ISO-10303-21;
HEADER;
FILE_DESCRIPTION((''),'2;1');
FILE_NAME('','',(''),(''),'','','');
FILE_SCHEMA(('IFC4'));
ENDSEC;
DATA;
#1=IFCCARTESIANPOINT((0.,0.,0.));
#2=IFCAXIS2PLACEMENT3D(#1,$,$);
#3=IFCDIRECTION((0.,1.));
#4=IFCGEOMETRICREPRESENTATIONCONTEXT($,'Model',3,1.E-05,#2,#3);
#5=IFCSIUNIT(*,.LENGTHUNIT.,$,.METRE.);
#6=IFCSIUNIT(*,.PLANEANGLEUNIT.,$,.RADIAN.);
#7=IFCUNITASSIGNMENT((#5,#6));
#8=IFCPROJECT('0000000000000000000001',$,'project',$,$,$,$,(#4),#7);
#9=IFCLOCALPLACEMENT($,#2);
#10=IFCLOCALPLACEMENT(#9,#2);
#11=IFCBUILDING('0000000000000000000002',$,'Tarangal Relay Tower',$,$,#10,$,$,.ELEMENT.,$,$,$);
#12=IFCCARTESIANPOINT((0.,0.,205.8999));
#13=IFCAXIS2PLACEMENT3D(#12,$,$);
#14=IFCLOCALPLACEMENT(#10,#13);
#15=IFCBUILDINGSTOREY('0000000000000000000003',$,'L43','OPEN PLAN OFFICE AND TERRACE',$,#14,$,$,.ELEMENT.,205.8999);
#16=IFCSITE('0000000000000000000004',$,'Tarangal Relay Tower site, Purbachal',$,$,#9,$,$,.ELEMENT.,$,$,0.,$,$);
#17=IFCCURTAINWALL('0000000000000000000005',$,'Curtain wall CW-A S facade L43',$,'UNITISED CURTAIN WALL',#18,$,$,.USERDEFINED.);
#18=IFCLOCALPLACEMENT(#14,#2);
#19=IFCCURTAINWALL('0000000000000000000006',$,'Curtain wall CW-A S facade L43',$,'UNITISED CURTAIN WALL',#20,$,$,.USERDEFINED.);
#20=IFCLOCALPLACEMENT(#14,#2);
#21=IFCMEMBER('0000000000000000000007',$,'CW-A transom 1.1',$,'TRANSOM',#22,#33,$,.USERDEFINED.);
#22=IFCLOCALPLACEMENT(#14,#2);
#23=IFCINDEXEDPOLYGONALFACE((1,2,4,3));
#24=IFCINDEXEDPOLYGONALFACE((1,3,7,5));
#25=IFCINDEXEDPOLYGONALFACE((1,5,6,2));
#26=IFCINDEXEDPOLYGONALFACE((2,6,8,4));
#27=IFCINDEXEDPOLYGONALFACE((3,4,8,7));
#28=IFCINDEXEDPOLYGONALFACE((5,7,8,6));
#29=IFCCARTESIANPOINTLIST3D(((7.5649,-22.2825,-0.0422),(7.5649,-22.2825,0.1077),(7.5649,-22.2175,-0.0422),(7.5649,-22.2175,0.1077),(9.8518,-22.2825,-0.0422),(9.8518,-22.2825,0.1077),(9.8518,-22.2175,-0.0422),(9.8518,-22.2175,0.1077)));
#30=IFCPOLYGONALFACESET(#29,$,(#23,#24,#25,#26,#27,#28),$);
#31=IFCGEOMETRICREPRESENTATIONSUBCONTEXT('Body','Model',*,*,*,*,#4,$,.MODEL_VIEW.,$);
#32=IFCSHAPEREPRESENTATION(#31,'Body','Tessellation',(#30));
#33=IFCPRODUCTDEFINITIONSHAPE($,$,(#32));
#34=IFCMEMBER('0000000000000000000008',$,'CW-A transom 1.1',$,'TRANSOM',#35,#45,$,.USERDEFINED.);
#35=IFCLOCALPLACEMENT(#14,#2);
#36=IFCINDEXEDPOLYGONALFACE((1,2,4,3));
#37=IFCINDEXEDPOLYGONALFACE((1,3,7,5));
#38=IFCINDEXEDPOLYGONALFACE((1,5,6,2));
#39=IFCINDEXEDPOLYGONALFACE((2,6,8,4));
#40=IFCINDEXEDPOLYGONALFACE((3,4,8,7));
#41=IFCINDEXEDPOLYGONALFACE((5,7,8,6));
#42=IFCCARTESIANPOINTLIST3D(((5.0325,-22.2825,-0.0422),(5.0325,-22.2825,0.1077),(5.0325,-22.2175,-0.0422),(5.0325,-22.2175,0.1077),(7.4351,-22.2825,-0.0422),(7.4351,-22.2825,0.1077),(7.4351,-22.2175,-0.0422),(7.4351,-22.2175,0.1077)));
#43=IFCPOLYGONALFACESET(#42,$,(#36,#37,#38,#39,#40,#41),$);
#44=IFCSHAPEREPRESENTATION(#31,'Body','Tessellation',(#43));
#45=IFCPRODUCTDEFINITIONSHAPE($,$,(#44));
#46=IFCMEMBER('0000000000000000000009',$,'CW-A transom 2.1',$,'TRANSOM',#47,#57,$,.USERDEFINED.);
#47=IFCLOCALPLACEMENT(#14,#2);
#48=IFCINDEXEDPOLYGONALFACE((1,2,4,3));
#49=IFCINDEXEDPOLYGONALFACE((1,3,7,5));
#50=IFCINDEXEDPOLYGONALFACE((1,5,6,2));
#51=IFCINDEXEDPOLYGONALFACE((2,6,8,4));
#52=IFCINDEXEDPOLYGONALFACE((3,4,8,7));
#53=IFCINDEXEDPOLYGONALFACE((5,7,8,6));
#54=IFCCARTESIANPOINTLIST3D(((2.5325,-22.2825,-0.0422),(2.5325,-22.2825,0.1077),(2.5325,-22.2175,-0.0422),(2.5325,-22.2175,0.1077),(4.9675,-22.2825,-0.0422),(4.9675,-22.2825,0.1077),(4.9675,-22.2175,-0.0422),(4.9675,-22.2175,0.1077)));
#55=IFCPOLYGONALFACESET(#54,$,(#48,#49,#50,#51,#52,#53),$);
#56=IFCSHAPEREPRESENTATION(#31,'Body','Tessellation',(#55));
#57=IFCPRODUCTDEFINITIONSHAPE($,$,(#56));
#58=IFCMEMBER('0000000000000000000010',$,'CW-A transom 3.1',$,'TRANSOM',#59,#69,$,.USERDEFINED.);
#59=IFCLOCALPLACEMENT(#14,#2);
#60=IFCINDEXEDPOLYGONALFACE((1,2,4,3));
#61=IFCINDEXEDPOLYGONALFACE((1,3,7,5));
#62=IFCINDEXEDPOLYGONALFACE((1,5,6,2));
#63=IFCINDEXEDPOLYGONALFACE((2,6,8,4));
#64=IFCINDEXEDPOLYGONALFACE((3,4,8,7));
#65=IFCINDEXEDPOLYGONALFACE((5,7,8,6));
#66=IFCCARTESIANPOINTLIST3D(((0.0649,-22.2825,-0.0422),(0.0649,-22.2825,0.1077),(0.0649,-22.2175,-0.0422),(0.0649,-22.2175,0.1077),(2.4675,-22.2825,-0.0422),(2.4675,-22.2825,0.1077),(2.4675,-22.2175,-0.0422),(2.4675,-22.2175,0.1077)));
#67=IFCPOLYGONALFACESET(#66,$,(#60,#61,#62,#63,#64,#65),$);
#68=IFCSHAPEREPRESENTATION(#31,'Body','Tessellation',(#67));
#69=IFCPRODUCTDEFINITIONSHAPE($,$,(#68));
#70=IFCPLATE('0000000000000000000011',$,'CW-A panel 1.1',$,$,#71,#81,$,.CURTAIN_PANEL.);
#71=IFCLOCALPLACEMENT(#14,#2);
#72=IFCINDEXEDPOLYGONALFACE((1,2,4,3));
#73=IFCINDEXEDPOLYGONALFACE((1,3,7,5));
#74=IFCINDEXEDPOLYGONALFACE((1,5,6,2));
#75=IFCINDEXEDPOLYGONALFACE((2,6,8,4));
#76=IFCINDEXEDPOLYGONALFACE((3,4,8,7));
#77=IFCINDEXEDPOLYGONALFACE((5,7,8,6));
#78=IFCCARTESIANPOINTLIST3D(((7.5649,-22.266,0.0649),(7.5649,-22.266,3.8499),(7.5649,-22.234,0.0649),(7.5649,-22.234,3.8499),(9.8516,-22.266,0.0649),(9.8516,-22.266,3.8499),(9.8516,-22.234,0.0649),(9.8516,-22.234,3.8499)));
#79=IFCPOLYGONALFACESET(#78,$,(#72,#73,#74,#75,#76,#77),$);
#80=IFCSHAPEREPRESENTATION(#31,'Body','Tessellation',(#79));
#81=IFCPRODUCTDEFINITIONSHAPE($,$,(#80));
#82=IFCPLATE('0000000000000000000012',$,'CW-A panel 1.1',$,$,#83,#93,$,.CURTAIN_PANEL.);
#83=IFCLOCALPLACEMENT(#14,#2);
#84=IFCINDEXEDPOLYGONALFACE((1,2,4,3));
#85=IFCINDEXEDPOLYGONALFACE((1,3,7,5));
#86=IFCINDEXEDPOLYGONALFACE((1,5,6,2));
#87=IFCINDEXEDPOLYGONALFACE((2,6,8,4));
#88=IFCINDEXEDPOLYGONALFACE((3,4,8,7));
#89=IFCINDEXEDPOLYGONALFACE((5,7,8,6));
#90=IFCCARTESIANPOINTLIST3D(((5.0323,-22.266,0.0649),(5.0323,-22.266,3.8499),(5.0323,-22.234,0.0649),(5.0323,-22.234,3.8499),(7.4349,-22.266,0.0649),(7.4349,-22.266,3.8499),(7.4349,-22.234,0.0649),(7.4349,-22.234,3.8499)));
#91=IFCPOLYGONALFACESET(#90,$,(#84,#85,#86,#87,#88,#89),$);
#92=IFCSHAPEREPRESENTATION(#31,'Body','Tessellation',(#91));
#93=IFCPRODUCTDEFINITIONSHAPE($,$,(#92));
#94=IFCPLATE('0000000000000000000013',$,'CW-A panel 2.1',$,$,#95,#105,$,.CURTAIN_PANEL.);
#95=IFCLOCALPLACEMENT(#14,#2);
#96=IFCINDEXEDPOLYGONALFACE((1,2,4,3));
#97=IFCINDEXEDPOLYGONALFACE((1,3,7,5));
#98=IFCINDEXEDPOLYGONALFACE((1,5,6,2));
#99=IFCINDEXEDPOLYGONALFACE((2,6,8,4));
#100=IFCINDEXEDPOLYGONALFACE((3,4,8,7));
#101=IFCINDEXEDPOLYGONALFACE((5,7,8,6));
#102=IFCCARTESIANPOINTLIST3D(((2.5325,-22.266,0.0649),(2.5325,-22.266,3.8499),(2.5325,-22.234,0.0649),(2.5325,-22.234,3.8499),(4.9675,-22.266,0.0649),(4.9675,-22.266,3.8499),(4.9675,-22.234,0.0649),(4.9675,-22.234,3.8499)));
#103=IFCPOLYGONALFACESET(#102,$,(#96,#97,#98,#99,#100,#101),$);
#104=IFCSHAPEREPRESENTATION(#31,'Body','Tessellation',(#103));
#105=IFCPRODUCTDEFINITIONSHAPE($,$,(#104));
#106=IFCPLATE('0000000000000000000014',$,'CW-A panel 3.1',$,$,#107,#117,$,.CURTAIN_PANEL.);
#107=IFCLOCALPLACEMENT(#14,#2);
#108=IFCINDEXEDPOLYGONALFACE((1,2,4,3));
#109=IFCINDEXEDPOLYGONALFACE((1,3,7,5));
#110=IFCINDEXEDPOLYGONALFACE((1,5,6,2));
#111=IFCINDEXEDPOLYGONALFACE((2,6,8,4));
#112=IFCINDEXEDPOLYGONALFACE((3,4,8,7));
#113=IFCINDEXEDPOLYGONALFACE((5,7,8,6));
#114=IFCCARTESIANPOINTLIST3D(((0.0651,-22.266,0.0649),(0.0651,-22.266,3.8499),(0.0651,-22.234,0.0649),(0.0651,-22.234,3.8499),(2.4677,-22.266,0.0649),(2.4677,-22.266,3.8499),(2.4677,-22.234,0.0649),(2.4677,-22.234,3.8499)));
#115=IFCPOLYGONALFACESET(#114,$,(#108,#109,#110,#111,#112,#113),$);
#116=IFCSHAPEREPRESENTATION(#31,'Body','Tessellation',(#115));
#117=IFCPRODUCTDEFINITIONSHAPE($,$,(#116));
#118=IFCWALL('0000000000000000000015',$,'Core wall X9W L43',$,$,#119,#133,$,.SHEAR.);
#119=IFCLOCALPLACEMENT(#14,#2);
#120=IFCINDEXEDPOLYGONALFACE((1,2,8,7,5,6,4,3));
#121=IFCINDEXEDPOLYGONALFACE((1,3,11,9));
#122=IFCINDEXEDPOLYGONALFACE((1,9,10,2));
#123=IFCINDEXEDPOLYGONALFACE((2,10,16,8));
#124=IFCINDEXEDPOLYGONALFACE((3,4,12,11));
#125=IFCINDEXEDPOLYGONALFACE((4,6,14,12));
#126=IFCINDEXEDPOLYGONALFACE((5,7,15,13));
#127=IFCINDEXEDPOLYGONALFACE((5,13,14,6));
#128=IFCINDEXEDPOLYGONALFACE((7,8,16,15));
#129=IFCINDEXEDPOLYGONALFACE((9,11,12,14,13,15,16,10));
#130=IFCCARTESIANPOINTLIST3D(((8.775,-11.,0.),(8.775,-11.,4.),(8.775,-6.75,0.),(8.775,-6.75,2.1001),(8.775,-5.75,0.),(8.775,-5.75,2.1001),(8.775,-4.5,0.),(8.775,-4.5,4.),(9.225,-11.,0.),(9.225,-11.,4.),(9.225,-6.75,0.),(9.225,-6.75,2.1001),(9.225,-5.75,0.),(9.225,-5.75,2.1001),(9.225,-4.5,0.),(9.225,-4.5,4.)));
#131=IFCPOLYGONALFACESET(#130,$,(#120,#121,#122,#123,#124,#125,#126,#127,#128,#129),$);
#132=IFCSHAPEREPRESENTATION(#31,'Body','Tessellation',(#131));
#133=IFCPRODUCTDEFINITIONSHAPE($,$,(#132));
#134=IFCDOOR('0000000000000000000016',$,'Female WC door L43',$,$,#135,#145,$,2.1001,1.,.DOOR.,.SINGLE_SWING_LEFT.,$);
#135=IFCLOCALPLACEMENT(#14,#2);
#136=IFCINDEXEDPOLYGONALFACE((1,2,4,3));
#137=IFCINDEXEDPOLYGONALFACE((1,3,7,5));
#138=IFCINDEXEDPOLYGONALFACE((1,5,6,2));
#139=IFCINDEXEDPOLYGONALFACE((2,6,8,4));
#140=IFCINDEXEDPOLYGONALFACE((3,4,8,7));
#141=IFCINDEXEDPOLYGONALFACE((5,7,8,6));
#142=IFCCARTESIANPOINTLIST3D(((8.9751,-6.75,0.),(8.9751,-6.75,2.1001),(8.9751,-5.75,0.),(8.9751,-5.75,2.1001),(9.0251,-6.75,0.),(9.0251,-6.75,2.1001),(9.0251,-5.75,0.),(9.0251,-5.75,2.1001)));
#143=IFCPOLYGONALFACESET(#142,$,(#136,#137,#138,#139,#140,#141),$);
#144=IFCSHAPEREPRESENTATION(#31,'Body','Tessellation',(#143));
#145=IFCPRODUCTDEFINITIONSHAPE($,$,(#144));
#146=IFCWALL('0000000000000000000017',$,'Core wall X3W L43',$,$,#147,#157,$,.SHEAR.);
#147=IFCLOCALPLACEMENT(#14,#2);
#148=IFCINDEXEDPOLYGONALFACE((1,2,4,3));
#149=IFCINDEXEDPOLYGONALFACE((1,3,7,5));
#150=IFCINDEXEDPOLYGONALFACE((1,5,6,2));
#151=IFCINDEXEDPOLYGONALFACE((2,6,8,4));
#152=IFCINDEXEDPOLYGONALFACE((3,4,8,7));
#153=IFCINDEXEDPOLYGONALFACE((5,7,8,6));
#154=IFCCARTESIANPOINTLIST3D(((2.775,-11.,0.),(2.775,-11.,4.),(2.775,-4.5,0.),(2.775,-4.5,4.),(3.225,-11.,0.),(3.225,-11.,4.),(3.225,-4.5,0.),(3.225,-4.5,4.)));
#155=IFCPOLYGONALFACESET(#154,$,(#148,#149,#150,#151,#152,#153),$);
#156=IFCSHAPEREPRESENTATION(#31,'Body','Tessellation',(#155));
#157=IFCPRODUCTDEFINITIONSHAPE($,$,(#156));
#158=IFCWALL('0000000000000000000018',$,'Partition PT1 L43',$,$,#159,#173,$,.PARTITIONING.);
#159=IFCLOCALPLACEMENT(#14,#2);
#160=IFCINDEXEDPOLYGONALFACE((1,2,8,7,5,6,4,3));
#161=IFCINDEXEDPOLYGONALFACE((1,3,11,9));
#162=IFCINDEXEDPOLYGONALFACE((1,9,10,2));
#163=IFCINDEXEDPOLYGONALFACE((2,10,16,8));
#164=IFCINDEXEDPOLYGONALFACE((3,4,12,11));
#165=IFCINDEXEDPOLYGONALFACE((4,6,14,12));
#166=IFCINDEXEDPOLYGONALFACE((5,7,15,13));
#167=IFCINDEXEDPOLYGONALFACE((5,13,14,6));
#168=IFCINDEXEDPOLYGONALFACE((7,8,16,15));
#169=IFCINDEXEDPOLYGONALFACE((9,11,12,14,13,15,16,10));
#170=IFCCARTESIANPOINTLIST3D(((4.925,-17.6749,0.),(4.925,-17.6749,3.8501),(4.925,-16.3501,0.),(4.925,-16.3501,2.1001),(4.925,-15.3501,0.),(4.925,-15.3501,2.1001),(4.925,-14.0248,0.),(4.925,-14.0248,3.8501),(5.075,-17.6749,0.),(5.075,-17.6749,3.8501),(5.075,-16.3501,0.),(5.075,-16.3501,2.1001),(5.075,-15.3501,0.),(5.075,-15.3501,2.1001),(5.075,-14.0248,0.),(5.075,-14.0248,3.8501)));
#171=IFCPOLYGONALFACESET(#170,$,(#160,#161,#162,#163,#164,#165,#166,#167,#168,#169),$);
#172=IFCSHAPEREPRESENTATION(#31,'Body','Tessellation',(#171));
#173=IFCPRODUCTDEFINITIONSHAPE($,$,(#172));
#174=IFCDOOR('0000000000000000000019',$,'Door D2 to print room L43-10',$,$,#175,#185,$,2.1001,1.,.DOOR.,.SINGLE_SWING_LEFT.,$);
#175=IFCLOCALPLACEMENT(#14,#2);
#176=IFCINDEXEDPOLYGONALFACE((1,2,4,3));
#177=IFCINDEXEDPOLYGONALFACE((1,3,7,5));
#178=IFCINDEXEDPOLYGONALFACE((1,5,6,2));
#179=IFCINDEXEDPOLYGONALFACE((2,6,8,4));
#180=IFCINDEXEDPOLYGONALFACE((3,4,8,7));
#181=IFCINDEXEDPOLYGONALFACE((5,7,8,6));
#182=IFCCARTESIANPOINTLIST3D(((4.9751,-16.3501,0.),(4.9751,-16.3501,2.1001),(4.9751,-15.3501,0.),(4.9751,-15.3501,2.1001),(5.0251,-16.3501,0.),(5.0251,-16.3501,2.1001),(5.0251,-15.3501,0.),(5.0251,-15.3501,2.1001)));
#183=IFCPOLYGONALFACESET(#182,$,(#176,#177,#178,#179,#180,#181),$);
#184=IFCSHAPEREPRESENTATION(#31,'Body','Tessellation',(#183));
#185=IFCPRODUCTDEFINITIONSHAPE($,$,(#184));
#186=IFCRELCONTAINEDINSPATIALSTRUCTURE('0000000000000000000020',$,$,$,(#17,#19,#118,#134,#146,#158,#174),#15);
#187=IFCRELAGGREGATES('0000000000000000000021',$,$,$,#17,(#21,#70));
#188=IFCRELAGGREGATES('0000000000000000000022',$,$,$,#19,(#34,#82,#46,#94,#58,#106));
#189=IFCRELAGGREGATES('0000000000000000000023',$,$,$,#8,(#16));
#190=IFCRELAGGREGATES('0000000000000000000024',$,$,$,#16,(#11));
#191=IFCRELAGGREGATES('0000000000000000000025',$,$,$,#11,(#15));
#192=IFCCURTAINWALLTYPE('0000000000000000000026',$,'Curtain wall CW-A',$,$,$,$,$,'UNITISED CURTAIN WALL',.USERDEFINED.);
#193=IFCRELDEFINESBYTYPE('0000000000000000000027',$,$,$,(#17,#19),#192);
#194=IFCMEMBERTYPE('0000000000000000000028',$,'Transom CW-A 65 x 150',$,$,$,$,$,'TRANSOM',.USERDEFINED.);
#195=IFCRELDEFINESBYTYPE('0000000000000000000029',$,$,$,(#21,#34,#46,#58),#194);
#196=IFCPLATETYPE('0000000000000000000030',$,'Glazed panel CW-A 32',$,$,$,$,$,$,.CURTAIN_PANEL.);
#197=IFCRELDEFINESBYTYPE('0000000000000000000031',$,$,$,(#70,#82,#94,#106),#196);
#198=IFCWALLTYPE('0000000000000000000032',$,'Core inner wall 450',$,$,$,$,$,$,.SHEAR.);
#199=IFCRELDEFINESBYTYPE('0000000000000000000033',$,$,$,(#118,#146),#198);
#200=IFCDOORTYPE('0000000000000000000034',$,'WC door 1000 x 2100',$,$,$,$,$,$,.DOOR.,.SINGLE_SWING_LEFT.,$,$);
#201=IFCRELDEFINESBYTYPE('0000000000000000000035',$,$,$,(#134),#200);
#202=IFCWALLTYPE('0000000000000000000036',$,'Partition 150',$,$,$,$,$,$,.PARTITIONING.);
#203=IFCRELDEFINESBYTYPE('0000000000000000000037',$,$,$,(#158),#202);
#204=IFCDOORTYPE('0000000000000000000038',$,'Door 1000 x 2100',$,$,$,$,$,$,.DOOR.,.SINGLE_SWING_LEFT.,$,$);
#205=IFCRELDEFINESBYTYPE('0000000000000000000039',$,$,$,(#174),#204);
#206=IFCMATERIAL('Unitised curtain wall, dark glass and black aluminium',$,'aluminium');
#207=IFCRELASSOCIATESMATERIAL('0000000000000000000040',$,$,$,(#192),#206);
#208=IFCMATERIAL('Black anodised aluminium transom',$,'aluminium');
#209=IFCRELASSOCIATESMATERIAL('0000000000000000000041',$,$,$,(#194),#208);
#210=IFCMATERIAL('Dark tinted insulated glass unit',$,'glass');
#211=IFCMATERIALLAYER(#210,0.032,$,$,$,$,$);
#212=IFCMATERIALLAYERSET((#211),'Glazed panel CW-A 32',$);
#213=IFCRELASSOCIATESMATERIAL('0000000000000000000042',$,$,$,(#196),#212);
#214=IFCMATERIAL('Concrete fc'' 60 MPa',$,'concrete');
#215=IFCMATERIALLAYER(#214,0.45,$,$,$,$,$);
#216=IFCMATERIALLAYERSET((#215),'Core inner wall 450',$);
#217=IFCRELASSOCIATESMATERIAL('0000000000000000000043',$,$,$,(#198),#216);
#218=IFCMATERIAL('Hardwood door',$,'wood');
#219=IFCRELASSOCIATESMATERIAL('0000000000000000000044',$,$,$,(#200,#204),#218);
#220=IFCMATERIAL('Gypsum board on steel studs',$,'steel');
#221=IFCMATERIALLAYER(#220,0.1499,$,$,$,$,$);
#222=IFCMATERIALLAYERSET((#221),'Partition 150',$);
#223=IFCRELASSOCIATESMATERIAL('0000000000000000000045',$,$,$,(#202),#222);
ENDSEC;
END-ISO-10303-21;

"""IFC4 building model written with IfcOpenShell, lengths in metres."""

from ifc_helpers import new_model, si_unit, direction, frame, frame_2d, origin, origin_2d, place, context, subcontext, project, spatial, rectangle, extrude, material, layer, layer_set, material_profile, profile_set, type_object, element, fill, aggregate, save


model = new_model("IFC4")

# Units and contexts
model_context = context("Model", 3, precision=1e-05, world=origin(), true_north=direction((0.0, 1.0)))
body_context = subcontext(model_context, "Body", "Model", "MODEL_VIEW")
ifc_project = project(units=[si_unit("LENGTHUNIT", "METRE"), si_unit("PLANEANGLEUNIT", "RADIAN")], contexts=[model_context])

# Site, building, storey
site_placement = place(None, origin())
site = spatial("IfcSite", under=ifc_project, at=site_placement, Name="Tarangal Relay Tower site, Purbachal", CompositionType="ELEMENT", RefElevation=0.0)
building_placement = place(site_placement, origin())
building = spatial("IfcBuilding", under=site, at=building_placement, Name="Tarangal Relay Tower", CompositionType="ELEMENT")
storey_placement = place(building_placement, frame((0.0, 0.0, 205.8999)))
storey = spatial("IfcBuildingStorey", under=building, at=storey_placement, Name="L43", Description="OPEN PLAN OFFICE AND TERRACE", CompositionType="ELEMENT", Elevation=205.8999)

# Curtain walls
ifc_material_1 = material(Name="Unitised curtain wall, dark glass and black aluminium", Category="aluminium")
curtain_wall_type_1 = type_object("IfcCurtainWallType", Name="Curtain wall CW-A", ElementType="UNITISED CURTAIN WALL", PredefinedType="USERDEFINED", material=ifc_material_1)
curtain_wall_1_placement = place(storey_placement, origin())
curtain_wall_1 = element("IfcCurtainWall", 1, at=curtain_wall_1_placement, inside=storey, type_object=curtain_wall_type_1, Name="Curtain wall CW-A S facade L43", ObjectType="UNITISED CURTAIN WALL", PredefinedType="USERDEFINED")
curtain_wall_2_placement = place(storey_placement, origin())
curtain_wall_2 = element("IfcCurtainWall", 2, at=curtain_wall_2_placement, inside=storey, type_object=curtain_wall_type_1, Name="Curtain wall CW-A S facade L43", ObjectType="UNITISED CURTAIN WALL", PredefinedType="USERDEFINED")

# Members
ifc_material_2 = material(Name="Black anodised aluminium transom", Category="aluminium")
ifc_material_profile_1 = material_profile(ifc_material_2, rectangle(XDim=0.0649, YDim=0.1499, at=origin_2d()), Name="CW-AT 65X150")
ifc_profile_set_1 = profile_set([ifc_material_profile_1], Name="Black anodised aluminium transom")
member_type_1 = type_object("IfcMemberType", Name="Transom CW-A 65 x 150", ElementType="TRANSOM", PredefinedType="USERDEFINED", material=ifc_profile_set_1)
member_1_placement = place(storey_placement, frame((9.8518, -22.25, 0.0327), z_axis=(-1.0, 0.0, 0.0), x_axis=(0.0, -1.0, 0.0)))
member_1 = element("IfcMember", 3, at=member_1_placement, type_object=member_type_1, Name="CW-A transom 1.1", ObjectType="TRANSOM", PredefinedType="USERDEFINED", context=body_context, shape_type="SweptSolid", body=[
    extrude(rectangle(XDim=0.0649, YDim=0.1499, at=origin_2d()), origin(), (0.0, 0.0, 1.0), 2.2869),
])
member_2_placement = place(storey_placement, frame((7.4351, -22.25, 0.0327), z_axis=(-1.0, 0.0, 0.0), x_axis=(0.0, -1.0, 0.0)))
member_2 = element("IfcMember", 4, at=member_2_placement, type_object=member_type_1, Name="CW-A transom 1.1", ObjectType="TRANSOM", PredefinedType="USERDEFINED", context=body_context, shape_type="SweptSolid", body=[
    extrude(rectangle(XDim=0.0649, YDim=0.1499, at=origin_2d()), origin(), (0.0, 0.0, 1.0), 2.4026),
])
member_3_placement = place(storey_placement, frame((4.9675, -22.25, 0.0327), z_axis=(-1.0, 0.0, 0.0), x_axis=(0.0, -1.0, 0.0)))
member_3 = element("IfcMember", 5, at=member_3_placement, type_object=member_type_1, Name="CW-A transom 2.1", ObjectType="TRANSOM", PredefinedType="USERDEFINED", context=body_context, shape_type="SweptSolid", body=[
    extrude(rectangle(XDim=0.0649, YDim=0.1499, at=origin_2d()), origin(), (0.0, 0.0, 1.0), 2.4351),
])
member_4_placement = place(storey_placement, frame((2.4675, -22.25, 0.0327), z_axis=(-1.0, 0.0, 0.0), x_axis=(0.0, -1.0, 0.0)))
member_4 = element("IfcMember", 6, at=member_4_placement, type_object=member_type_1, Name="CW-A transom 3.1", ObjectType="TRANSOM", PredefinedType="USERDEFINED", context=body_context, shape_type="SweptSolid", body=[
    extrude(rectangle(XDim=0.0649, YDim=0.1499, at=origin_2d()), origin(), (0.0, 0.0, 1.0), 2.4026),
])

# Plates
ifc_material_3 = material(Name="Dark tinted insulated glass unit", Category="glass")
ifc_layer_1 = layer(ifc_material_3, 0.032)
ifc_layer_set_1 = layer_set([ifc_layer_1], Name="Glazed panel CW-A 32")
plate_type = type_object("IfcPlateType", Name="Glazed panel CW-A 32", PredefinedType="CURTAIN_PANEL", material=ifc_layer_set_1)
plate_1_placement = place(storey_placement, frame((8.7083, -22.25, 0.0649), z_axis=(0.0, 0.0, 1.0), x_axis=(-1.0, 0.0, 0.0)))
plate_1 = element("IfcPlate", 7, at=plate_1_placement, type_object=plate_type, Name="CW-A panel 1.1", PredefinedType="CURTAIN_PANEL", context=body_context, shape_type="SweptSolid", body=[
    extrude(rectangle(XDim=2.2866, YDim=0.032, at=origin_2d()), origin(), (0.0, 0.0, 1.0), 3.7849),
])
aggregate(curtain_wall_1, [member_1, plate_1])
plate_2_placement = place(storey_placement, frame((6.2336, -22.25, 0.0649), z_axis=(0.0, 0.0, 1.0), x_axis=(-1.0, 0.0, 0.0)))
plate_2 = element("IfcPlate", 8, at=plate_2_placement, type_object=plate_type, Name="CW-A panel 1.1", PredefinedType="CURTAIN_PANEL", context=body_context, shape_type="SweptSolid", body=[
    extrude(rectangle(XDim=2.4026, YDim=0.032, at=origin_2d()), origin(), (0.0, 0.0, 1.0), 3.7849),
])
plate_3_placement = place(storey_placement, frame((3.75, -22.25, 0.0649), z_axis=(0.0, 0.0, 1.0), x_axis=(-1.0, 0.0, 0.0)))
plate_3 = element("IfcPlate", 9, at=plate_3_placement, type_object=plate_type, Name="CW-A panel 2.1", PredefinedType="CURTAIN_PANEL", context=body_context, shape_type="SweptSolid", body=[
    extrude(rectangle(XDim=2.4351, YDim=0.032, at=origin_2d()), origin(), (0.0, 0.0, 1.0), 3.7849),
])
plate_4_placement = place(storey_placement, frame((1.2664, -22.25, 0.0649), z_axis=(0.0, 0.0, 1.0), x_axis=(-1.0, 0.0, 0.0)))
plate_4 = element("IfcPlate", 10, at=plate_4_placement, type_object=plate_type, Name="CW-A panel 3.1", PredefinedType="CURTAIN_PANEL", context=body_context, shape_type="SweptSolid", body=[
    extrude(rectangle(XDim=2.4026, YDim=0.032, at=origin_2d()), origin(), (0.0, 0.0, 1.0), 3.7849),
])
aggregate(curtain_wall_2, [member_2, plate_2, member_3, plate_3, member_4, plate_4])

# Wall, opening, door
ifc_material_4 = material(Name="Concrete fc' 60 MPa", Category="concrete")
ifc_layer_2 = layer(ifc_material_4, 0.45)
ifc_layer_set_2 = layer_set([ifc_layer_2], Name="Core inner wall 450")
wall_type_1 = type_object("IfcWallType", Name="Core inner wall 450", PredefinedType="SHEAR", material=ifc_layer_set_2)
wall_1_placement = place(storey_placement, frame((9.0, -11.0, 0.0), z_axis=(0.0, 0.0, 1.0), x_axis=(0.0, 1.0, 0.0)))
wall_1 = element("IfcWall", 11, at=wall_1_placement, inside=storey, type_object=wall_type_1, Name="Core wall X9W L43", PredefinedType="SHEAR", context=body_context, shape_type="SweptSolid", body=[
    extrude(rectangle(XDim=6.5, YDim=0.45, at=frame_2d((3.25, 0.0))), origin(), (0.0, 0.0, 1.0), 4.0),
])
opening_1_placement = place(wall_1_placement, frame((4.25, 0.0, 0.0)))
opening_1 = element("IfcOpeningElement", 12, at=opening_1_placement, cuts=wall_1, PredefinedType="OPENING", context=body_context, shape_type="SweptSolid", body=[
    extrude(rectangle(XDim=1.0, YDim=2.1001, at=frame_2d((0.5, 1.05))), frame((0.0, 0.2349, 0.0), z_axis=(0.0, -1.0, 0.0), x_axis=(1.0, 0.0, 0.0)), (0.0, 0.0, 1.0), 0.47),
])
ifc_material_5 = material(Name="Hardwood door", Category="wood")
door_type_1 = type_object("IfcDoorType", Name="WC door 1000 x 2100", OperationType="SINGLE_SWING_LEFT", PredefinedType="DOOR", material=ifc_material_5)
door_1_placement = place(opening_1_placement, origin())
door_1 = element("IfcDoor", 13, at=door_1_placement, inside=storey, type_object=door_type_1, Name="Female WC door L43", OperationType="SINGLE_SWING_LEFT", OverallHeight=2.1001, OverallWidth=1.0, PredefinedType="DOOR", context=body_context, shape_type="SweptSolid", body=[
    extrude(rectangle(XDim=1.0, YDim=2.1001, at=frame_2d((0.5, 1.05))), frame((0.0, 0.0249, 0.0), z_axis=(0.0, -1.0, 0.0), x_axis=(1.0, 0.0, 0.0)), (0.0, 0.0, 1.0), 0.05),
])
fill(opening_1, door_1)

# Wall
wall_2_placement = place(storey_placement, frame((3.0, -11.0, 0.0), z_axis=(0.0, 0.0, 1.0), x_axis=(0.0, 1.0, 0.0)))
element("IfcWall", 14, at=wall_2_placement, inside=storey, type_object=wall_type_1, Name="Core wall X3W L43", PredefinedType="SHEAR", context=body_context, shape_type="SweptSolid", body=[
    extrude(rectangle(XDim=6.5, YDim=0.45, at=frame_2d((3.25, 0.0))), origin(), (0.0, 0.0, 1.0), 4.0),
])

# Wall, opening, door
ifc_material_6 = material(Name="Gypsum board on steel studs", Category="steel")
ifc_layer_3 = layer(ifc_material_6, 0.1499)
ifc_layer_set_3 = layer_set([ifc_layer_3], Name="Partition 150")
wall_type_2 = type_object("IfcWallType", Name="Partition 150", PredefinedType="PARTITIONING", material=ifc_layer_set_3)
wall_3_placement = place(storey_placement, frame((5.0, -17.675, 0.0), z_axis=(0.0, 0.0, 1.0), x_axis=(0.0, 1.0, 0.0)))
wall_3 = element("IfcWall", 15, at=wall_3_placement, inside=storey, type_object=wall_type_2, Name="Partition PT1 L43", PredefinedType="PARTITIONING", context=body_context, shape_type="SweptSolid", body=[
    extrude(rectangle(XDim=3.6501, YDim=0.1499, at=frame_2d((1.8252, 0.0))), origin(), (0.0, 0.0, 1.0), 3.8501),
])
opening_2_placement = place(wall_3_placement, frame((1.325, 0.0, 0.0)))
opening_2 = element("IfcOpeningElement", 16, at=opening_2_placement, cuts=wall_3, PredefinedType="OPENING", context=body_context, shape_type="SweptSolid", body=[
    extrude(rectangle(XDim=1.0, YDim=2.1001, at=frame_2d((0.5, 1.05))), frame((0.0, 0.085, 0.0), z_axis=(0.0, -1.0, 0.0), x_axis=(1.0, 0.0, 0.0)), (0.0, 0.0, 1.0), 0.1699),
])
door_type_2 = type_object("IfcDoorType", Name="Door 1000 x 2100", OperationType="SINGLE_SWING_LEFT", PredefinedType="DOOR", material=ifc_material_5)
door_2_placement = place(opening_2_placement, origin())
door_2 = element("IfcDoor", 17, at=door_2_placement, inside=storey, type_object=door_type_2, Name="Door D2 to print room L43-10", OperationType="SINGLE_SWING_LEFT", OverallHeight=2.1001, OverallWidth=1.0, PredefinedType="DOOR", context=body_context, shape_type="SweptSolid", body=[
    extrude(rectangle(XDim=1.0, YDim=2.1001, at=frame_2d((0.5, 1.05))), frame((0.0, 0.0249, 0.0), z_axis=(0.0, -1.0, 0.0), x_axis=(1.0, 0.0, 0.0)), (0.0, 0.0, 1.0), 0.05),
])
fill(opening_2, door_2)

save(model, "model.ifc")
